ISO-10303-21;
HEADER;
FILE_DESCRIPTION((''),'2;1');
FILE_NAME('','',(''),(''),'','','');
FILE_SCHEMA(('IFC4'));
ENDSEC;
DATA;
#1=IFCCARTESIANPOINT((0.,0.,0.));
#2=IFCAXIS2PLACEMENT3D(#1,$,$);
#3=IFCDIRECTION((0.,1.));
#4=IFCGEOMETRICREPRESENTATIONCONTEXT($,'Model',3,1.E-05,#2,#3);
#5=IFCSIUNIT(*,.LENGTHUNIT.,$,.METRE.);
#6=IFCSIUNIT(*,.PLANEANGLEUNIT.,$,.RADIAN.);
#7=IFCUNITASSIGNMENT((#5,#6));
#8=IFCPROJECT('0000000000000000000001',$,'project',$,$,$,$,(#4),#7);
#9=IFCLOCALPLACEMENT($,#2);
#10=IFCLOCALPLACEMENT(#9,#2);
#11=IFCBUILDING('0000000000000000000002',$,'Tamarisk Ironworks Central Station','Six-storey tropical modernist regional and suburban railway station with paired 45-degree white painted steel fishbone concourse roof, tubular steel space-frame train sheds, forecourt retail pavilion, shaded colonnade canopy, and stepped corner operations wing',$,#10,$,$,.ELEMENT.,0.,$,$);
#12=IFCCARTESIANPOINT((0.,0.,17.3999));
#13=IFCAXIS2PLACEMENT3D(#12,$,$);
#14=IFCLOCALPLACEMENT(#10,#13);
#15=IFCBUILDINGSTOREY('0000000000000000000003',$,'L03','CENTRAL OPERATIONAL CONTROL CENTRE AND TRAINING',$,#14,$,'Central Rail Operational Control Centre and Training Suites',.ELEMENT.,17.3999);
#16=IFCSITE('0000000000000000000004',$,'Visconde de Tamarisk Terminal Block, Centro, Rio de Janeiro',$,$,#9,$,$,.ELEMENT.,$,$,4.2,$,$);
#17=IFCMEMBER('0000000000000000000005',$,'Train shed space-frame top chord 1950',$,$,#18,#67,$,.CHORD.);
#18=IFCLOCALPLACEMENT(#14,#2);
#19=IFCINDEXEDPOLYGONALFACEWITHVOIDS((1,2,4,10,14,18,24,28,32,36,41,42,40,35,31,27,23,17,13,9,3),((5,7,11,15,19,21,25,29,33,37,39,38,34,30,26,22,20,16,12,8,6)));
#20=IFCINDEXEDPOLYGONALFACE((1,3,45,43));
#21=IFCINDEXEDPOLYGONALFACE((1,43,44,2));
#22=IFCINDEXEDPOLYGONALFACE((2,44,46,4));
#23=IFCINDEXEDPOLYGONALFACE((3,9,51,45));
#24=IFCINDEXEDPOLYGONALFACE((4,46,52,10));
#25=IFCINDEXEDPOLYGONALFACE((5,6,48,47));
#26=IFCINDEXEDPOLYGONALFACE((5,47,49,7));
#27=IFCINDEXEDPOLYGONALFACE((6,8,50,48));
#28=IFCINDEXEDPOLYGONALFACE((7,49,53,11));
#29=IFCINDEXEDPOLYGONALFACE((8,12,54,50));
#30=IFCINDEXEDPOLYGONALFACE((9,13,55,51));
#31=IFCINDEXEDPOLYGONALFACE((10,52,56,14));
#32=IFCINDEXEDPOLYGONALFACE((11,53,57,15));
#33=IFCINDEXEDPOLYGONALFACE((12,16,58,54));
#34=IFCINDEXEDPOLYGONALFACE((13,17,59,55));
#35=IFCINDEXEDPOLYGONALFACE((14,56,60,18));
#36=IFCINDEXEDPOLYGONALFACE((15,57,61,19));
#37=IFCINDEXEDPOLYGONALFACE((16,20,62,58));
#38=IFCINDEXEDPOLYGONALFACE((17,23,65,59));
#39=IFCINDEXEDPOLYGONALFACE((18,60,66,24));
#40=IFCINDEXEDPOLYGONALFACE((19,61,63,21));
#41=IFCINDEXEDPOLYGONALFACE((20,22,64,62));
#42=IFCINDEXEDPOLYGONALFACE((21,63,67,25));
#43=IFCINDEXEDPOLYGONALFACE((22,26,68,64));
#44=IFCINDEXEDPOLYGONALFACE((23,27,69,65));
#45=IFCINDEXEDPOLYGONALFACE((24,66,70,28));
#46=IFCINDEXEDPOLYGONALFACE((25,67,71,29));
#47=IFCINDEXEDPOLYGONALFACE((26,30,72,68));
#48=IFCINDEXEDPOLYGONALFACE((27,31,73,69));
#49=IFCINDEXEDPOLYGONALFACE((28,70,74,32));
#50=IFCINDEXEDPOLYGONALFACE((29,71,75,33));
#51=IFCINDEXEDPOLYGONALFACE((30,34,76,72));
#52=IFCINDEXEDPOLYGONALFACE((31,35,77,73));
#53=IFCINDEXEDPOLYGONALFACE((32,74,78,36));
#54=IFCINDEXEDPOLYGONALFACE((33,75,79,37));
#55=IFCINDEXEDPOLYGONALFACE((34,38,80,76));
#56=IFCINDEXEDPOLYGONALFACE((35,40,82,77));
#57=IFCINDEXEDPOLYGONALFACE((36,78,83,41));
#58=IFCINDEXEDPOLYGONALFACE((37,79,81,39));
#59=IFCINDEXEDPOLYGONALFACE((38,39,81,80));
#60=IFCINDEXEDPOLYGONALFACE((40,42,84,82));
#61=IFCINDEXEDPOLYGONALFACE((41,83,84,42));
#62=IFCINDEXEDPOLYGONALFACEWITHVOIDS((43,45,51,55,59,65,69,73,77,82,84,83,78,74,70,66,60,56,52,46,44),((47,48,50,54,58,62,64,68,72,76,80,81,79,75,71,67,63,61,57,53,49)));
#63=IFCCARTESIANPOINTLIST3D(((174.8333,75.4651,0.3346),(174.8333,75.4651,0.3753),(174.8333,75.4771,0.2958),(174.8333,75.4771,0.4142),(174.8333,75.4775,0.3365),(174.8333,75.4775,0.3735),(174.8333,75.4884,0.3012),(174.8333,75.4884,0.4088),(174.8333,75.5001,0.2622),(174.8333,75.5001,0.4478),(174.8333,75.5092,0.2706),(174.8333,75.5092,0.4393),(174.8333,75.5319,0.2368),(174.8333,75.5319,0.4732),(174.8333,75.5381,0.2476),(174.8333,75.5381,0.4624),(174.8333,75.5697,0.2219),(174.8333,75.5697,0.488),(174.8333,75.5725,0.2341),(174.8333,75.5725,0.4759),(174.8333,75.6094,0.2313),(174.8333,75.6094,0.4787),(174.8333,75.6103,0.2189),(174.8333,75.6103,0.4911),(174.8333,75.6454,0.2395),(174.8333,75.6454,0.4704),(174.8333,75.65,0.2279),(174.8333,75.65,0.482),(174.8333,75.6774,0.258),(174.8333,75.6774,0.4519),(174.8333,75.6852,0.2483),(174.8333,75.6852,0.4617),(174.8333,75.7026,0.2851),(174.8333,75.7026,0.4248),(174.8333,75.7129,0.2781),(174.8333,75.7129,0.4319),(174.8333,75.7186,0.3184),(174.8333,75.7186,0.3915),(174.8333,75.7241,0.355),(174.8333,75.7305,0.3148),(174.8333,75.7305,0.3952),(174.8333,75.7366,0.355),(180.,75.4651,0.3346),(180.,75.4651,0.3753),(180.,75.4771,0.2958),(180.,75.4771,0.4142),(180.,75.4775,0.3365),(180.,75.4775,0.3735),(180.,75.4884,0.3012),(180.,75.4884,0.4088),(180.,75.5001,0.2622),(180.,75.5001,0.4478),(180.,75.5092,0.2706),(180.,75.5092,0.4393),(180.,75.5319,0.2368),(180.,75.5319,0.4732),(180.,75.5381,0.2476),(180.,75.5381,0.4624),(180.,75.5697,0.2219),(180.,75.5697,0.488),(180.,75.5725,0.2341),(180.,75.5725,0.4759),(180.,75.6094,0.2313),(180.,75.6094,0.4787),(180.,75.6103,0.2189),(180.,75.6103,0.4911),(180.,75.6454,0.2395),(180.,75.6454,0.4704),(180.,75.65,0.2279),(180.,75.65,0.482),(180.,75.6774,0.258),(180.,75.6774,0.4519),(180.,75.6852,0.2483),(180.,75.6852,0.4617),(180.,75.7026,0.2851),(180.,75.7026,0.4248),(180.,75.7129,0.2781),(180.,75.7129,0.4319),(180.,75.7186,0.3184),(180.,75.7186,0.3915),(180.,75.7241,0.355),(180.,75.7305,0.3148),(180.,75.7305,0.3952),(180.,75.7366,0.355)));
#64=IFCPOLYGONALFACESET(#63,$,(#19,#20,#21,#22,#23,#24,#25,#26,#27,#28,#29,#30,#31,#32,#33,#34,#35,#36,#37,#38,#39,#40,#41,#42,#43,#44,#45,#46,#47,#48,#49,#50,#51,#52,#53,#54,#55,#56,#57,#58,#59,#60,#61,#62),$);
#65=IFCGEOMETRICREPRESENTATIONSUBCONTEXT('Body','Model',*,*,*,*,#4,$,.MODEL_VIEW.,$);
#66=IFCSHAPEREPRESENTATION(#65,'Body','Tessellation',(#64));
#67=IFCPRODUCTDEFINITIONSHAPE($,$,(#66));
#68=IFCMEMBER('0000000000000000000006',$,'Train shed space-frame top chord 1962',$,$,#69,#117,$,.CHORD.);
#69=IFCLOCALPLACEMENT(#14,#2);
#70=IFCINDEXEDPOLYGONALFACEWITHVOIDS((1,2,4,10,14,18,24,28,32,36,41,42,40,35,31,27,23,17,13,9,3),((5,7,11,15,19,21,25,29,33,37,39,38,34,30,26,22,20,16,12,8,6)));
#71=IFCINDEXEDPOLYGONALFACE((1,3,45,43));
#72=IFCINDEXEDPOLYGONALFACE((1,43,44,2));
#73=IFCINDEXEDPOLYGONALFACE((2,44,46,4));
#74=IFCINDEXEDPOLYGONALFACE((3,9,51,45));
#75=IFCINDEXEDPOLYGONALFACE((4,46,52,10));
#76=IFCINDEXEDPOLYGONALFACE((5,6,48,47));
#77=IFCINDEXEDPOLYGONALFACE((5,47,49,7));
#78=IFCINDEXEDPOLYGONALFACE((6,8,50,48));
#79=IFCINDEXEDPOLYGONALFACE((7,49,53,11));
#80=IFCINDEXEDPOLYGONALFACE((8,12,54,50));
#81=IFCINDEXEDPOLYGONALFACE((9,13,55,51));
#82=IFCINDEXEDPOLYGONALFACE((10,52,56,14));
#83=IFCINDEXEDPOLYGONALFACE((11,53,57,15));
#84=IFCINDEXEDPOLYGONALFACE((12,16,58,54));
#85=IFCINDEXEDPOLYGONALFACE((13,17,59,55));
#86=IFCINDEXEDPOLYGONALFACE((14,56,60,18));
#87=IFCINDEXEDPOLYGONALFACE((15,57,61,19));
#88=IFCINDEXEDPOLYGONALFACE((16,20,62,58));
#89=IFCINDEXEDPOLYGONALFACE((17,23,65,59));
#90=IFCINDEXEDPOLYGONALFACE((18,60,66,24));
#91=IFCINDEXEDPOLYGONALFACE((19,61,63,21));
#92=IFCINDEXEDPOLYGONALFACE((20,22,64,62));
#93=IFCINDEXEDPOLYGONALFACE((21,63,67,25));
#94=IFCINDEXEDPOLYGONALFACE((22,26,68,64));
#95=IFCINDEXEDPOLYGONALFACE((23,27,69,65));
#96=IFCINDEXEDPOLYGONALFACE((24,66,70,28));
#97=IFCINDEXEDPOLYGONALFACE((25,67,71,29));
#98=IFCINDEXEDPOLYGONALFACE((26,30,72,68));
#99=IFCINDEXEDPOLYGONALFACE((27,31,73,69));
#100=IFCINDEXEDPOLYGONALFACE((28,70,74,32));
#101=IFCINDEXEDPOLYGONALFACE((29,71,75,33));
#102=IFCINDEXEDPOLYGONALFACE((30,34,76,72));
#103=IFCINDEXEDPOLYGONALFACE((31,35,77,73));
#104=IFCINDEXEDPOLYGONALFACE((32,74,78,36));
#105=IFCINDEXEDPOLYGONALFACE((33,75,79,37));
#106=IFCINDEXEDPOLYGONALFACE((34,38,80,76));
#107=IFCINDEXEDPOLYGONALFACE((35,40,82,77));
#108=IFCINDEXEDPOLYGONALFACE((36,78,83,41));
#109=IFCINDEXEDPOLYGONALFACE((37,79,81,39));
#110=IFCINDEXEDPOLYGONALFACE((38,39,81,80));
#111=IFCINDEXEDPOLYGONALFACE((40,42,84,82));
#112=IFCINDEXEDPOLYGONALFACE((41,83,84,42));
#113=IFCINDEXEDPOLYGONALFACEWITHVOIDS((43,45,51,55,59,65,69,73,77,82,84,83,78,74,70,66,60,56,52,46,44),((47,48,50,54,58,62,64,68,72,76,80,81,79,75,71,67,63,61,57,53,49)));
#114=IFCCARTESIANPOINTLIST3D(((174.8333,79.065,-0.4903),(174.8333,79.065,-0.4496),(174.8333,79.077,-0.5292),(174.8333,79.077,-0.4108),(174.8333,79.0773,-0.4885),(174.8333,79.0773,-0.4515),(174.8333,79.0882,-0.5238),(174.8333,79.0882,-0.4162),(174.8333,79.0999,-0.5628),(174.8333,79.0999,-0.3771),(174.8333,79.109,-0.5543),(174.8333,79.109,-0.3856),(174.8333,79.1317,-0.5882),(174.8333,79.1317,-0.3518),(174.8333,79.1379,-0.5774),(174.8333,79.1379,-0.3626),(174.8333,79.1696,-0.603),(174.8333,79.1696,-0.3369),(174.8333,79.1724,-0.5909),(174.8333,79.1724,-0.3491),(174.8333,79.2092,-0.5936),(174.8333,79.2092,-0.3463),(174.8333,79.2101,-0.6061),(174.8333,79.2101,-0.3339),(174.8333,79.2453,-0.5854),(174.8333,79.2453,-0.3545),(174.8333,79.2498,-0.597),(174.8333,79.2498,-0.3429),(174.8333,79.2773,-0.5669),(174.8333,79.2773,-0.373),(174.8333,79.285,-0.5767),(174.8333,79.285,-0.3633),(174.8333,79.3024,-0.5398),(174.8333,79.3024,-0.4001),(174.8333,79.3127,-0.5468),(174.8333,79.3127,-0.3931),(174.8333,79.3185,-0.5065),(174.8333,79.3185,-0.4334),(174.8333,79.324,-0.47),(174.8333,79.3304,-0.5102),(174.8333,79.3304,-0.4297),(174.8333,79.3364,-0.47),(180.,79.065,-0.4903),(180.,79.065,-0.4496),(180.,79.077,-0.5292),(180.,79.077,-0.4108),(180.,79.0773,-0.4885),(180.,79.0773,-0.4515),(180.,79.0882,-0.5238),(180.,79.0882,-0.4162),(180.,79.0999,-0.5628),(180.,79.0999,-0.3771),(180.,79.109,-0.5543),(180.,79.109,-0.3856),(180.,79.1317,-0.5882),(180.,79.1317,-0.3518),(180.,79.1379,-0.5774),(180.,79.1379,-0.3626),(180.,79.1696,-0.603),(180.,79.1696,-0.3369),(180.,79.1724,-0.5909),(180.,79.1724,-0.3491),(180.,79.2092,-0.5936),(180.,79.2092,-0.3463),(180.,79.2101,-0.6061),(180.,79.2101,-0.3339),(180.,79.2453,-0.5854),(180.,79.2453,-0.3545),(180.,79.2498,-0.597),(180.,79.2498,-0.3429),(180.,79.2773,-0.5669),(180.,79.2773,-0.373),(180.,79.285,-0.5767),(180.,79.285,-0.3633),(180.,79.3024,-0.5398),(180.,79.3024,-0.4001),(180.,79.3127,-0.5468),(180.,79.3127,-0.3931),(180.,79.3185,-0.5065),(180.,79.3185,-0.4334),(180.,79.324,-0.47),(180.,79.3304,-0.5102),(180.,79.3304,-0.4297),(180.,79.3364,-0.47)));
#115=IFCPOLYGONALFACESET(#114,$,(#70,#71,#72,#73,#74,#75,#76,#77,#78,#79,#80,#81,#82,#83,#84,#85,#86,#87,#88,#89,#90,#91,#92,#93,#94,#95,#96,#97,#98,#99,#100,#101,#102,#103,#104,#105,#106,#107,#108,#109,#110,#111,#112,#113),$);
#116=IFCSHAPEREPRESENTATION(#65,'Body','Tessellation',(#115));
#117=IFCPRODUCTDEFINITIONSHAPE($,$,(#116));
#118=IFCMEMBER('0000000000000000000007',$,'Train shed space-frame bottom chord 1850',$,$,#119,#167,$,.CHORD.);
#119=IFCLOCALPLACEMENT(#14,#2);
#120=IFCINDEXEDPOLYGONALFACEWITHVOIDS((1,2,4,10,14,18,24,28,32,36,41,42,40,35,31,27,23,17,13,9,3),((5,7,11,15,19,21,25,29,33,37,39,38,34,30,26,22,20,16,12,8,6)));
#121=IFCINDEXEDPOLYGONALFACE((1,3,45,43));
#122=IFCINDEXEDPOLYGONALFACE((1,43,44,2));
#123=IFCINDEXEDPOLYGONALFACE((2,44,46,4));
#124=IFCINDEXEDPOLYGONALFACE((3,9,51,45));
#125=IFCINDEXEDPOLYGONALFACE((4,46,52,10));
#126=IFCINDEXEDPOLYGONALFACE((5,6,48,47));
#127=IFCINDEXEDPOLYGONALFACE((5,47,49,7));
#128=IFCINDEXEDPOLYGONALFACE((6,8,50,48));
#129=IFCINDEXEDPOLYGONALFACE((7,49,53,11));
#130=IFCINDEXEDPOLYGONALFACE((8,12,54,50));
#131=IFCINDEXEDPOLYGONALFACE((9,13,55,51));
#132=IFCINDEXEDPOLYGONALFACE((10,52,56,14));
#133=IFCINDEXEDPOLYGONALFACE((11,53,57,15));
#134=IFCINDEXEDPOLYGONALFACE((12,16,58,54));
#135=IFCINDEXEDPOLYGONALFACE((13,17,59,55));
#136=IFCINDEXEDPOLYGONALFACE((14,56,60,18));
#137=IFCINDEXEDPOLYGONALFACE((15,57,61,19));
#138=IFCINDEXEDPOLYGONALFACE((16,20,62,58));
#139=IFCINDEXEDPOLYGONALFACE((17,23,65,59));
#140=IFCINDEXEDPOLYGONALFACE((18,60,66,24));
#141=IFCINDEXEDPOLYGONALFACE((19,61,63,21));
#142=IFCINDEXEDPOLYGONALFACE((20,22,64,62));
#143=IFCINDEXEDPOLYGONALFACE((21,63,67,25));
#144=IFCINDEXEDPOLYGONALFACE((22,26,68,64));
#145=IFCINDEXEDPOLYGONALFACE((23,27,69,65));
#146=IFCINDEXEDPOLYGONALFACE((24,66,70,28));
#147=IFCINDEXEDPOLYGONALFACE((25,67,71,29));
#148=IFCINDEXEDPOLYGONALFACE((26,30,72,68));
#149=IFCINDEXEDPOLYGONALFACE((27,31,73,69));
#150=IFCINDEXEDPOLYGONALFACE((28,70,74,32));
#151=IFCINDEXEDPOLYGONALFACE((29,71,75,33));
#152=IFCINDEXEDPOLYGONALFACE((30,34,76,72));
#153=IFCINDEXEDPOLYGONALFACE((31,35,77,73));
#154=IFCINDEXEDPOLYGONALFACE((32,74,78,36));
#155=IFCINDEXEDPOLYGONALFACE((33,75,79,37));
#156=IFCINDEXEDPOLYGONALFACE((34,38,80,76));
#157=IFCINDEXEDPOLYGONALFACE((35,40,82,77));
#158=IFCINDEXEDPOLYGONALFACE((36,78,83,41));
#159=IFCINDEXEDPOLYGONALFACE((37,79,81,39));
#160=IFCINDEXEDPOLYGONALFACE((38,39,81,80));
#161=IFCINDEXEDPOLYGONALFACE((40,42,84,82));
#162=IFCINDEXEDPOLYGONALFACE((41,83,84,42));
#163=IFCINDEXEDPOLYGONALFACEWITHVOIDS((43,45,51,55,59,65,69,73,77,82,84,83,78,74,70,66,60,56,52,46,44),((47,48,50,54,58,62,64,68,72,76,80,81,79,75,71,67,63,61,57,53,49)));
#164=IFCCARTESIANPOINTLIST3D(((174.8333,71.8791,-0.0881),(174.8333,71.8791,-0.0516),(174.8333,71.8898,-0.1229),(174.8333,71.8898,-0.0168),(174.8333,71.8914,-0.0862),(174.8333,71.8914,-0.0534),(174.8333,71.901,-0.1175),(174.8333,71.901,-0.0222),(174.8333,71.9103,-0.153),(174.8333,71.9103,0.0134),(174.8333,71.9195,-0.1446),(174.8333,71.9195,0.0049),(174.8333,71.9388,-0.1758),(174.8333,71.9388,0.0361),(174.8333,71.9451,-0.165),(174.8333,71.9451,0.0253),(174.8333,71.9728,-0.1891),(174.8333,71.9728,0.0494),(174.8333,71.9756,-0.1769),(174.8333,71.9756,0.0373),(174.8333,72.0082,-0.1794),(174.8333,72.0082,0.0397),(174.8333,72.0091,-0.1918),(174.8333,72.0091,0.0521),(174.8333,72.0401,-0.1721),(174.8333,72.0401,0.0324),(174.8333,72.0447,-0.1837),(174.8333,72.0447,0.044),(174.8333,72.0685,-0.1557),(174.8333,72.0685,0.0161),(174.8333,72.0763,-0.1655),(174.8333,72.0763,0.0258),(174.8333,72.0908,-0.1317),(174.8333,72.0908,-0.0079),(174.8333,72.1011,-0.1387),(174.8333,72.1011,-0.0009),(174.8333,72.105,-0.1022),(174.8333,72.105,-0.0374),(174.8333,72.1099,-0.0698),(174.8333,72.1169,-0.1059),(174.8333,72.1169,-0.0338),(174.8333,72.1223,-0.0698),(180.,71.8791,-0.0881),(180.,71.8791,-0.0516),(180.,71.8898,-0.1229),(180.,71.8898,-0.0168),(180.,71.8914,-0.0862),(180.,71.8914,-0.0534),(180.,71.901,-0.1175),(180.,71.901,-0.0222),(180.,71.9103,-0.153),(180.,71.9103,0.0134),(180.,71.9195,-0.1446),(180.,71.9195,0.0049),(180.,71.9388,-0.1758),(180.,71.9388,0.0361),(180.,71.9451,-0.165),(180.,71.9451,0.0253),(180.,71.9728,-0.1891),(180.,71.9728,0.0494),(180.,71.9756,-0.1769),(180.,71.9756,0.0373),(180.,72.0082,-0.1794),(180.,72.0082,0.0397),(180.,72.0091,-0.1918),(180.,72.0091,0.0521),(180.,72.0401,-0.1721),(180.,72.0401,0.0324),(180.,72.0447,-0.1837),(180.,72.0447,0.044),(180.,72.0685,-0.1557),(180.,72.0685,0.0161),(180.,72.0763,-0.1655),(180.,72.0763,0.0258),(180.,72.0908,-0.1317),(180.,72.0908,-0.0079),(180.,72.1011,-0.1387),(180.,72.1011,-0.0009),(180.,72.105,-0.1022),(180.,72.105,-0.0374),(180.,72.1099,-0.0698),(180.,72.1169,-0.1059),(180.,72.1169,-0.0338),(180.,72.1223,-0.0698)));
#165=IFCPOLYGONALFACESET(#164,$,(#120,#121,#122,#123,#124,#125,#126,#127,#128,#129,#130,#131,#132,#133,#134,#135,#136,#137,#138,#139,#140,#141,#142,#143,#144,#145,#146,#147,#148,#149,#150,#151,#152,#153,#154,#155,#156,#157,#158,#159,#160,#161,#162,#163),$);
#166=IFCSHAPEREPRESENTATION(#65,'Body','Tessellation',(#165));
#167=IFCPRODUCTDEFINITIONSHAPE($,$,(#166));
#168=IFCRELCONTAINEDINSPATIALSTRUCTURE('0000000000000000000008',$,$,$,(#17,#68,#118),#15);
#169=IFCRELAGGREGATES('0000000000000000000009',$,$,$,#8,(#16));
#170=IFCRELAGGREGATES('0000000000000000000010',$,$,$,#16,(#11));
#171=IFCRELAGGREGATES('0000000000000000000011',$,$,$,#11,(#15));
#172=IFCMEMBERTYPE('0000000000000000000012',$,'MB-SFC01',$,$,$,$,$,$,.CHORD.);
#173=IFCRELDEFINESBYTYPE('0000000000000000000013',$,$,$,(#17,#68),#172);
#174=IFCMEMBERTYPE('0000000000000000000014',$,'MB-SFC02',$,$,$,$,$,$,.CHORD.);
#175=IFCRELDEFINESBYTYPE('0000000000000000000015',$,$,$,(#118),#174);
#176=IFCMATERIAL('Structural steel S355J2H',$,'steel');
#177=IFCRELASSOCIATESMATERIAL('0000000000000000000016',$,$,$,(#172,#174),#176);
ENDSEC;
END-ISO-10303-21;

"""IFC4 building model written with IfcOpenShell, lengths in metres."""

from ifc_helpers import new_model, si_unit, direction, frame, origin, origin_2d, place, context, subcontext, project, spatial, hollow_circle, extrude, material, material_profile, profile_set, type_object, element, save


model = new_model("IFC4")

# Units and contexts
model_context = context("Model", 3, precision=1e-05, world=origin(), true_north=direction((0.0, 1.0)))
body_context = subcontext(model_context, "Body", "Model", "MODEL_VIEW")
ifc_project = project(units=[si_unit("LENGTHUNIT", "METRE"), si_unit("PLANEANGLEUNIT", "RADIAN")], contexts=[model_context])

# Site, building, storey
site_placement = place(None, origin())
site = spatial("IfcSite", under=ifc_project, at=site_placement, Name="Visconde de Tamarisk Terminal Block, Centro, Rio de Janeiro", CompositionType="ELEMENT", RefElevation=4.2)
building_placement = place(site_placement, origin())
building = spatial("IfcBuilding", under=site, at=building_placement, Name="Tamarisk Ironworks Central Station", Description="Six-storey tropical modernist regional and suburban railway station with paired 45-degree white painted steel fishbone concourse roof, tubular steel space-frame train sheds, forecourt retail pavilion, shaded colonnade canopy, and stepped corner operations wing", CompositionType="ELEMENT", ElevationOfRefHeight=0.0)
storey_placement = place(building_placement, frame((0.0, 0.0, 17.3999)))
storey = spatial("IfcBuildingStorey", under=building, at=storey_placement, Name="L03", Description="CENTRAL OPERATIONAL CONTROL CENTRE AND TRAINING", LongName="Central Rail Operational Control Centre and Training Suites", CompositionType="ELEMENT", Elevation=17.3999)

# Members
ifc_material_1 = material(Name="Structural steel S355J2H", Category="steel")
ifc_material_profile_1 = material_profile(ifc_material_1, hollow_circle(Radius=0.1365, WallThickness=0.0125, at=origin_2d()), Name="CHS 273x12.5")
ifc_profile_set_1 = profile_set([ifc_material_profile_1], Name="Structural steel S355J2H")
member_type_1 = type_object("IfcMemberType", Name="MB-SFC01", PredefinedType="CHORD", material=ifc_profile_set_1)
for number, where, z_axis, x_axis, name in (
    (1, (174.8333, 75.6001, 0.355), (1.0, 0.0, 0.0), (0.0, 1.0, 0.0), "Train shed space-frame top chord 1950"),
    (2, (174.8333, 79.2, -0.47), (1.0, 0.0, 0.0), (0.0, 1.0, 0.0), "Train shed space-frame top chord 1962"),
):
    element("IfcMember", number, at=place(storey_placement, frame(where, z_axis=z_axis, x_axis=x_axis)), inside=storey, type_object=member_type_1, Name=name, PredefinedType="CHORD", context=body_context, shape_type="SweptSolid", body=[
        extrude(hollow_circle(Radius=0.1365, WallThickness=0.0125, at=origin_2d()), origin(), (0.0, 0.0, 1.0), 5.1667),
    ])
ifc_material_profile_2 = material_profile(ifc_material_1, hollow_circle(Radius=0.1223, WallThickness=0.0125, at=origin_2d()), Name="CHS 244.5x12.5")
ifc_profile_set_2 = profile_set([ifc_material_profile_2], Name="Structural steel S355J2H")
member_type_2 = type_object("IfcMemberType", Name="MB-SFC02", PredefinedType="CHORD", material=ifc_profile_set_2)
for number, where, z_axis, x_axis, name in (
    (3, (174.8333, 72.0, -0.0698), (1.0, 0.0, 0.0), (0.0, 1.0, 0.0), "Train shed space-frame bottom chord 1850"),
):
    element("IfcMember", number, at=place(storey_placement, frame(where, z_axis=z_axis, x_axis=x_axis)), inside=storey, type_object=member_type_2, Name=name, PredefinedType="CHORD", context=body_context, shape_type="SweptSolid", body=[
        extrude(hollow_circle(Radius=0.1223, WallThickness=0.0125, at=origin_2d()), origin(), (0.0, 0.0, 1.0), 5.1667),
    ])

save(model, "model.ifc")
